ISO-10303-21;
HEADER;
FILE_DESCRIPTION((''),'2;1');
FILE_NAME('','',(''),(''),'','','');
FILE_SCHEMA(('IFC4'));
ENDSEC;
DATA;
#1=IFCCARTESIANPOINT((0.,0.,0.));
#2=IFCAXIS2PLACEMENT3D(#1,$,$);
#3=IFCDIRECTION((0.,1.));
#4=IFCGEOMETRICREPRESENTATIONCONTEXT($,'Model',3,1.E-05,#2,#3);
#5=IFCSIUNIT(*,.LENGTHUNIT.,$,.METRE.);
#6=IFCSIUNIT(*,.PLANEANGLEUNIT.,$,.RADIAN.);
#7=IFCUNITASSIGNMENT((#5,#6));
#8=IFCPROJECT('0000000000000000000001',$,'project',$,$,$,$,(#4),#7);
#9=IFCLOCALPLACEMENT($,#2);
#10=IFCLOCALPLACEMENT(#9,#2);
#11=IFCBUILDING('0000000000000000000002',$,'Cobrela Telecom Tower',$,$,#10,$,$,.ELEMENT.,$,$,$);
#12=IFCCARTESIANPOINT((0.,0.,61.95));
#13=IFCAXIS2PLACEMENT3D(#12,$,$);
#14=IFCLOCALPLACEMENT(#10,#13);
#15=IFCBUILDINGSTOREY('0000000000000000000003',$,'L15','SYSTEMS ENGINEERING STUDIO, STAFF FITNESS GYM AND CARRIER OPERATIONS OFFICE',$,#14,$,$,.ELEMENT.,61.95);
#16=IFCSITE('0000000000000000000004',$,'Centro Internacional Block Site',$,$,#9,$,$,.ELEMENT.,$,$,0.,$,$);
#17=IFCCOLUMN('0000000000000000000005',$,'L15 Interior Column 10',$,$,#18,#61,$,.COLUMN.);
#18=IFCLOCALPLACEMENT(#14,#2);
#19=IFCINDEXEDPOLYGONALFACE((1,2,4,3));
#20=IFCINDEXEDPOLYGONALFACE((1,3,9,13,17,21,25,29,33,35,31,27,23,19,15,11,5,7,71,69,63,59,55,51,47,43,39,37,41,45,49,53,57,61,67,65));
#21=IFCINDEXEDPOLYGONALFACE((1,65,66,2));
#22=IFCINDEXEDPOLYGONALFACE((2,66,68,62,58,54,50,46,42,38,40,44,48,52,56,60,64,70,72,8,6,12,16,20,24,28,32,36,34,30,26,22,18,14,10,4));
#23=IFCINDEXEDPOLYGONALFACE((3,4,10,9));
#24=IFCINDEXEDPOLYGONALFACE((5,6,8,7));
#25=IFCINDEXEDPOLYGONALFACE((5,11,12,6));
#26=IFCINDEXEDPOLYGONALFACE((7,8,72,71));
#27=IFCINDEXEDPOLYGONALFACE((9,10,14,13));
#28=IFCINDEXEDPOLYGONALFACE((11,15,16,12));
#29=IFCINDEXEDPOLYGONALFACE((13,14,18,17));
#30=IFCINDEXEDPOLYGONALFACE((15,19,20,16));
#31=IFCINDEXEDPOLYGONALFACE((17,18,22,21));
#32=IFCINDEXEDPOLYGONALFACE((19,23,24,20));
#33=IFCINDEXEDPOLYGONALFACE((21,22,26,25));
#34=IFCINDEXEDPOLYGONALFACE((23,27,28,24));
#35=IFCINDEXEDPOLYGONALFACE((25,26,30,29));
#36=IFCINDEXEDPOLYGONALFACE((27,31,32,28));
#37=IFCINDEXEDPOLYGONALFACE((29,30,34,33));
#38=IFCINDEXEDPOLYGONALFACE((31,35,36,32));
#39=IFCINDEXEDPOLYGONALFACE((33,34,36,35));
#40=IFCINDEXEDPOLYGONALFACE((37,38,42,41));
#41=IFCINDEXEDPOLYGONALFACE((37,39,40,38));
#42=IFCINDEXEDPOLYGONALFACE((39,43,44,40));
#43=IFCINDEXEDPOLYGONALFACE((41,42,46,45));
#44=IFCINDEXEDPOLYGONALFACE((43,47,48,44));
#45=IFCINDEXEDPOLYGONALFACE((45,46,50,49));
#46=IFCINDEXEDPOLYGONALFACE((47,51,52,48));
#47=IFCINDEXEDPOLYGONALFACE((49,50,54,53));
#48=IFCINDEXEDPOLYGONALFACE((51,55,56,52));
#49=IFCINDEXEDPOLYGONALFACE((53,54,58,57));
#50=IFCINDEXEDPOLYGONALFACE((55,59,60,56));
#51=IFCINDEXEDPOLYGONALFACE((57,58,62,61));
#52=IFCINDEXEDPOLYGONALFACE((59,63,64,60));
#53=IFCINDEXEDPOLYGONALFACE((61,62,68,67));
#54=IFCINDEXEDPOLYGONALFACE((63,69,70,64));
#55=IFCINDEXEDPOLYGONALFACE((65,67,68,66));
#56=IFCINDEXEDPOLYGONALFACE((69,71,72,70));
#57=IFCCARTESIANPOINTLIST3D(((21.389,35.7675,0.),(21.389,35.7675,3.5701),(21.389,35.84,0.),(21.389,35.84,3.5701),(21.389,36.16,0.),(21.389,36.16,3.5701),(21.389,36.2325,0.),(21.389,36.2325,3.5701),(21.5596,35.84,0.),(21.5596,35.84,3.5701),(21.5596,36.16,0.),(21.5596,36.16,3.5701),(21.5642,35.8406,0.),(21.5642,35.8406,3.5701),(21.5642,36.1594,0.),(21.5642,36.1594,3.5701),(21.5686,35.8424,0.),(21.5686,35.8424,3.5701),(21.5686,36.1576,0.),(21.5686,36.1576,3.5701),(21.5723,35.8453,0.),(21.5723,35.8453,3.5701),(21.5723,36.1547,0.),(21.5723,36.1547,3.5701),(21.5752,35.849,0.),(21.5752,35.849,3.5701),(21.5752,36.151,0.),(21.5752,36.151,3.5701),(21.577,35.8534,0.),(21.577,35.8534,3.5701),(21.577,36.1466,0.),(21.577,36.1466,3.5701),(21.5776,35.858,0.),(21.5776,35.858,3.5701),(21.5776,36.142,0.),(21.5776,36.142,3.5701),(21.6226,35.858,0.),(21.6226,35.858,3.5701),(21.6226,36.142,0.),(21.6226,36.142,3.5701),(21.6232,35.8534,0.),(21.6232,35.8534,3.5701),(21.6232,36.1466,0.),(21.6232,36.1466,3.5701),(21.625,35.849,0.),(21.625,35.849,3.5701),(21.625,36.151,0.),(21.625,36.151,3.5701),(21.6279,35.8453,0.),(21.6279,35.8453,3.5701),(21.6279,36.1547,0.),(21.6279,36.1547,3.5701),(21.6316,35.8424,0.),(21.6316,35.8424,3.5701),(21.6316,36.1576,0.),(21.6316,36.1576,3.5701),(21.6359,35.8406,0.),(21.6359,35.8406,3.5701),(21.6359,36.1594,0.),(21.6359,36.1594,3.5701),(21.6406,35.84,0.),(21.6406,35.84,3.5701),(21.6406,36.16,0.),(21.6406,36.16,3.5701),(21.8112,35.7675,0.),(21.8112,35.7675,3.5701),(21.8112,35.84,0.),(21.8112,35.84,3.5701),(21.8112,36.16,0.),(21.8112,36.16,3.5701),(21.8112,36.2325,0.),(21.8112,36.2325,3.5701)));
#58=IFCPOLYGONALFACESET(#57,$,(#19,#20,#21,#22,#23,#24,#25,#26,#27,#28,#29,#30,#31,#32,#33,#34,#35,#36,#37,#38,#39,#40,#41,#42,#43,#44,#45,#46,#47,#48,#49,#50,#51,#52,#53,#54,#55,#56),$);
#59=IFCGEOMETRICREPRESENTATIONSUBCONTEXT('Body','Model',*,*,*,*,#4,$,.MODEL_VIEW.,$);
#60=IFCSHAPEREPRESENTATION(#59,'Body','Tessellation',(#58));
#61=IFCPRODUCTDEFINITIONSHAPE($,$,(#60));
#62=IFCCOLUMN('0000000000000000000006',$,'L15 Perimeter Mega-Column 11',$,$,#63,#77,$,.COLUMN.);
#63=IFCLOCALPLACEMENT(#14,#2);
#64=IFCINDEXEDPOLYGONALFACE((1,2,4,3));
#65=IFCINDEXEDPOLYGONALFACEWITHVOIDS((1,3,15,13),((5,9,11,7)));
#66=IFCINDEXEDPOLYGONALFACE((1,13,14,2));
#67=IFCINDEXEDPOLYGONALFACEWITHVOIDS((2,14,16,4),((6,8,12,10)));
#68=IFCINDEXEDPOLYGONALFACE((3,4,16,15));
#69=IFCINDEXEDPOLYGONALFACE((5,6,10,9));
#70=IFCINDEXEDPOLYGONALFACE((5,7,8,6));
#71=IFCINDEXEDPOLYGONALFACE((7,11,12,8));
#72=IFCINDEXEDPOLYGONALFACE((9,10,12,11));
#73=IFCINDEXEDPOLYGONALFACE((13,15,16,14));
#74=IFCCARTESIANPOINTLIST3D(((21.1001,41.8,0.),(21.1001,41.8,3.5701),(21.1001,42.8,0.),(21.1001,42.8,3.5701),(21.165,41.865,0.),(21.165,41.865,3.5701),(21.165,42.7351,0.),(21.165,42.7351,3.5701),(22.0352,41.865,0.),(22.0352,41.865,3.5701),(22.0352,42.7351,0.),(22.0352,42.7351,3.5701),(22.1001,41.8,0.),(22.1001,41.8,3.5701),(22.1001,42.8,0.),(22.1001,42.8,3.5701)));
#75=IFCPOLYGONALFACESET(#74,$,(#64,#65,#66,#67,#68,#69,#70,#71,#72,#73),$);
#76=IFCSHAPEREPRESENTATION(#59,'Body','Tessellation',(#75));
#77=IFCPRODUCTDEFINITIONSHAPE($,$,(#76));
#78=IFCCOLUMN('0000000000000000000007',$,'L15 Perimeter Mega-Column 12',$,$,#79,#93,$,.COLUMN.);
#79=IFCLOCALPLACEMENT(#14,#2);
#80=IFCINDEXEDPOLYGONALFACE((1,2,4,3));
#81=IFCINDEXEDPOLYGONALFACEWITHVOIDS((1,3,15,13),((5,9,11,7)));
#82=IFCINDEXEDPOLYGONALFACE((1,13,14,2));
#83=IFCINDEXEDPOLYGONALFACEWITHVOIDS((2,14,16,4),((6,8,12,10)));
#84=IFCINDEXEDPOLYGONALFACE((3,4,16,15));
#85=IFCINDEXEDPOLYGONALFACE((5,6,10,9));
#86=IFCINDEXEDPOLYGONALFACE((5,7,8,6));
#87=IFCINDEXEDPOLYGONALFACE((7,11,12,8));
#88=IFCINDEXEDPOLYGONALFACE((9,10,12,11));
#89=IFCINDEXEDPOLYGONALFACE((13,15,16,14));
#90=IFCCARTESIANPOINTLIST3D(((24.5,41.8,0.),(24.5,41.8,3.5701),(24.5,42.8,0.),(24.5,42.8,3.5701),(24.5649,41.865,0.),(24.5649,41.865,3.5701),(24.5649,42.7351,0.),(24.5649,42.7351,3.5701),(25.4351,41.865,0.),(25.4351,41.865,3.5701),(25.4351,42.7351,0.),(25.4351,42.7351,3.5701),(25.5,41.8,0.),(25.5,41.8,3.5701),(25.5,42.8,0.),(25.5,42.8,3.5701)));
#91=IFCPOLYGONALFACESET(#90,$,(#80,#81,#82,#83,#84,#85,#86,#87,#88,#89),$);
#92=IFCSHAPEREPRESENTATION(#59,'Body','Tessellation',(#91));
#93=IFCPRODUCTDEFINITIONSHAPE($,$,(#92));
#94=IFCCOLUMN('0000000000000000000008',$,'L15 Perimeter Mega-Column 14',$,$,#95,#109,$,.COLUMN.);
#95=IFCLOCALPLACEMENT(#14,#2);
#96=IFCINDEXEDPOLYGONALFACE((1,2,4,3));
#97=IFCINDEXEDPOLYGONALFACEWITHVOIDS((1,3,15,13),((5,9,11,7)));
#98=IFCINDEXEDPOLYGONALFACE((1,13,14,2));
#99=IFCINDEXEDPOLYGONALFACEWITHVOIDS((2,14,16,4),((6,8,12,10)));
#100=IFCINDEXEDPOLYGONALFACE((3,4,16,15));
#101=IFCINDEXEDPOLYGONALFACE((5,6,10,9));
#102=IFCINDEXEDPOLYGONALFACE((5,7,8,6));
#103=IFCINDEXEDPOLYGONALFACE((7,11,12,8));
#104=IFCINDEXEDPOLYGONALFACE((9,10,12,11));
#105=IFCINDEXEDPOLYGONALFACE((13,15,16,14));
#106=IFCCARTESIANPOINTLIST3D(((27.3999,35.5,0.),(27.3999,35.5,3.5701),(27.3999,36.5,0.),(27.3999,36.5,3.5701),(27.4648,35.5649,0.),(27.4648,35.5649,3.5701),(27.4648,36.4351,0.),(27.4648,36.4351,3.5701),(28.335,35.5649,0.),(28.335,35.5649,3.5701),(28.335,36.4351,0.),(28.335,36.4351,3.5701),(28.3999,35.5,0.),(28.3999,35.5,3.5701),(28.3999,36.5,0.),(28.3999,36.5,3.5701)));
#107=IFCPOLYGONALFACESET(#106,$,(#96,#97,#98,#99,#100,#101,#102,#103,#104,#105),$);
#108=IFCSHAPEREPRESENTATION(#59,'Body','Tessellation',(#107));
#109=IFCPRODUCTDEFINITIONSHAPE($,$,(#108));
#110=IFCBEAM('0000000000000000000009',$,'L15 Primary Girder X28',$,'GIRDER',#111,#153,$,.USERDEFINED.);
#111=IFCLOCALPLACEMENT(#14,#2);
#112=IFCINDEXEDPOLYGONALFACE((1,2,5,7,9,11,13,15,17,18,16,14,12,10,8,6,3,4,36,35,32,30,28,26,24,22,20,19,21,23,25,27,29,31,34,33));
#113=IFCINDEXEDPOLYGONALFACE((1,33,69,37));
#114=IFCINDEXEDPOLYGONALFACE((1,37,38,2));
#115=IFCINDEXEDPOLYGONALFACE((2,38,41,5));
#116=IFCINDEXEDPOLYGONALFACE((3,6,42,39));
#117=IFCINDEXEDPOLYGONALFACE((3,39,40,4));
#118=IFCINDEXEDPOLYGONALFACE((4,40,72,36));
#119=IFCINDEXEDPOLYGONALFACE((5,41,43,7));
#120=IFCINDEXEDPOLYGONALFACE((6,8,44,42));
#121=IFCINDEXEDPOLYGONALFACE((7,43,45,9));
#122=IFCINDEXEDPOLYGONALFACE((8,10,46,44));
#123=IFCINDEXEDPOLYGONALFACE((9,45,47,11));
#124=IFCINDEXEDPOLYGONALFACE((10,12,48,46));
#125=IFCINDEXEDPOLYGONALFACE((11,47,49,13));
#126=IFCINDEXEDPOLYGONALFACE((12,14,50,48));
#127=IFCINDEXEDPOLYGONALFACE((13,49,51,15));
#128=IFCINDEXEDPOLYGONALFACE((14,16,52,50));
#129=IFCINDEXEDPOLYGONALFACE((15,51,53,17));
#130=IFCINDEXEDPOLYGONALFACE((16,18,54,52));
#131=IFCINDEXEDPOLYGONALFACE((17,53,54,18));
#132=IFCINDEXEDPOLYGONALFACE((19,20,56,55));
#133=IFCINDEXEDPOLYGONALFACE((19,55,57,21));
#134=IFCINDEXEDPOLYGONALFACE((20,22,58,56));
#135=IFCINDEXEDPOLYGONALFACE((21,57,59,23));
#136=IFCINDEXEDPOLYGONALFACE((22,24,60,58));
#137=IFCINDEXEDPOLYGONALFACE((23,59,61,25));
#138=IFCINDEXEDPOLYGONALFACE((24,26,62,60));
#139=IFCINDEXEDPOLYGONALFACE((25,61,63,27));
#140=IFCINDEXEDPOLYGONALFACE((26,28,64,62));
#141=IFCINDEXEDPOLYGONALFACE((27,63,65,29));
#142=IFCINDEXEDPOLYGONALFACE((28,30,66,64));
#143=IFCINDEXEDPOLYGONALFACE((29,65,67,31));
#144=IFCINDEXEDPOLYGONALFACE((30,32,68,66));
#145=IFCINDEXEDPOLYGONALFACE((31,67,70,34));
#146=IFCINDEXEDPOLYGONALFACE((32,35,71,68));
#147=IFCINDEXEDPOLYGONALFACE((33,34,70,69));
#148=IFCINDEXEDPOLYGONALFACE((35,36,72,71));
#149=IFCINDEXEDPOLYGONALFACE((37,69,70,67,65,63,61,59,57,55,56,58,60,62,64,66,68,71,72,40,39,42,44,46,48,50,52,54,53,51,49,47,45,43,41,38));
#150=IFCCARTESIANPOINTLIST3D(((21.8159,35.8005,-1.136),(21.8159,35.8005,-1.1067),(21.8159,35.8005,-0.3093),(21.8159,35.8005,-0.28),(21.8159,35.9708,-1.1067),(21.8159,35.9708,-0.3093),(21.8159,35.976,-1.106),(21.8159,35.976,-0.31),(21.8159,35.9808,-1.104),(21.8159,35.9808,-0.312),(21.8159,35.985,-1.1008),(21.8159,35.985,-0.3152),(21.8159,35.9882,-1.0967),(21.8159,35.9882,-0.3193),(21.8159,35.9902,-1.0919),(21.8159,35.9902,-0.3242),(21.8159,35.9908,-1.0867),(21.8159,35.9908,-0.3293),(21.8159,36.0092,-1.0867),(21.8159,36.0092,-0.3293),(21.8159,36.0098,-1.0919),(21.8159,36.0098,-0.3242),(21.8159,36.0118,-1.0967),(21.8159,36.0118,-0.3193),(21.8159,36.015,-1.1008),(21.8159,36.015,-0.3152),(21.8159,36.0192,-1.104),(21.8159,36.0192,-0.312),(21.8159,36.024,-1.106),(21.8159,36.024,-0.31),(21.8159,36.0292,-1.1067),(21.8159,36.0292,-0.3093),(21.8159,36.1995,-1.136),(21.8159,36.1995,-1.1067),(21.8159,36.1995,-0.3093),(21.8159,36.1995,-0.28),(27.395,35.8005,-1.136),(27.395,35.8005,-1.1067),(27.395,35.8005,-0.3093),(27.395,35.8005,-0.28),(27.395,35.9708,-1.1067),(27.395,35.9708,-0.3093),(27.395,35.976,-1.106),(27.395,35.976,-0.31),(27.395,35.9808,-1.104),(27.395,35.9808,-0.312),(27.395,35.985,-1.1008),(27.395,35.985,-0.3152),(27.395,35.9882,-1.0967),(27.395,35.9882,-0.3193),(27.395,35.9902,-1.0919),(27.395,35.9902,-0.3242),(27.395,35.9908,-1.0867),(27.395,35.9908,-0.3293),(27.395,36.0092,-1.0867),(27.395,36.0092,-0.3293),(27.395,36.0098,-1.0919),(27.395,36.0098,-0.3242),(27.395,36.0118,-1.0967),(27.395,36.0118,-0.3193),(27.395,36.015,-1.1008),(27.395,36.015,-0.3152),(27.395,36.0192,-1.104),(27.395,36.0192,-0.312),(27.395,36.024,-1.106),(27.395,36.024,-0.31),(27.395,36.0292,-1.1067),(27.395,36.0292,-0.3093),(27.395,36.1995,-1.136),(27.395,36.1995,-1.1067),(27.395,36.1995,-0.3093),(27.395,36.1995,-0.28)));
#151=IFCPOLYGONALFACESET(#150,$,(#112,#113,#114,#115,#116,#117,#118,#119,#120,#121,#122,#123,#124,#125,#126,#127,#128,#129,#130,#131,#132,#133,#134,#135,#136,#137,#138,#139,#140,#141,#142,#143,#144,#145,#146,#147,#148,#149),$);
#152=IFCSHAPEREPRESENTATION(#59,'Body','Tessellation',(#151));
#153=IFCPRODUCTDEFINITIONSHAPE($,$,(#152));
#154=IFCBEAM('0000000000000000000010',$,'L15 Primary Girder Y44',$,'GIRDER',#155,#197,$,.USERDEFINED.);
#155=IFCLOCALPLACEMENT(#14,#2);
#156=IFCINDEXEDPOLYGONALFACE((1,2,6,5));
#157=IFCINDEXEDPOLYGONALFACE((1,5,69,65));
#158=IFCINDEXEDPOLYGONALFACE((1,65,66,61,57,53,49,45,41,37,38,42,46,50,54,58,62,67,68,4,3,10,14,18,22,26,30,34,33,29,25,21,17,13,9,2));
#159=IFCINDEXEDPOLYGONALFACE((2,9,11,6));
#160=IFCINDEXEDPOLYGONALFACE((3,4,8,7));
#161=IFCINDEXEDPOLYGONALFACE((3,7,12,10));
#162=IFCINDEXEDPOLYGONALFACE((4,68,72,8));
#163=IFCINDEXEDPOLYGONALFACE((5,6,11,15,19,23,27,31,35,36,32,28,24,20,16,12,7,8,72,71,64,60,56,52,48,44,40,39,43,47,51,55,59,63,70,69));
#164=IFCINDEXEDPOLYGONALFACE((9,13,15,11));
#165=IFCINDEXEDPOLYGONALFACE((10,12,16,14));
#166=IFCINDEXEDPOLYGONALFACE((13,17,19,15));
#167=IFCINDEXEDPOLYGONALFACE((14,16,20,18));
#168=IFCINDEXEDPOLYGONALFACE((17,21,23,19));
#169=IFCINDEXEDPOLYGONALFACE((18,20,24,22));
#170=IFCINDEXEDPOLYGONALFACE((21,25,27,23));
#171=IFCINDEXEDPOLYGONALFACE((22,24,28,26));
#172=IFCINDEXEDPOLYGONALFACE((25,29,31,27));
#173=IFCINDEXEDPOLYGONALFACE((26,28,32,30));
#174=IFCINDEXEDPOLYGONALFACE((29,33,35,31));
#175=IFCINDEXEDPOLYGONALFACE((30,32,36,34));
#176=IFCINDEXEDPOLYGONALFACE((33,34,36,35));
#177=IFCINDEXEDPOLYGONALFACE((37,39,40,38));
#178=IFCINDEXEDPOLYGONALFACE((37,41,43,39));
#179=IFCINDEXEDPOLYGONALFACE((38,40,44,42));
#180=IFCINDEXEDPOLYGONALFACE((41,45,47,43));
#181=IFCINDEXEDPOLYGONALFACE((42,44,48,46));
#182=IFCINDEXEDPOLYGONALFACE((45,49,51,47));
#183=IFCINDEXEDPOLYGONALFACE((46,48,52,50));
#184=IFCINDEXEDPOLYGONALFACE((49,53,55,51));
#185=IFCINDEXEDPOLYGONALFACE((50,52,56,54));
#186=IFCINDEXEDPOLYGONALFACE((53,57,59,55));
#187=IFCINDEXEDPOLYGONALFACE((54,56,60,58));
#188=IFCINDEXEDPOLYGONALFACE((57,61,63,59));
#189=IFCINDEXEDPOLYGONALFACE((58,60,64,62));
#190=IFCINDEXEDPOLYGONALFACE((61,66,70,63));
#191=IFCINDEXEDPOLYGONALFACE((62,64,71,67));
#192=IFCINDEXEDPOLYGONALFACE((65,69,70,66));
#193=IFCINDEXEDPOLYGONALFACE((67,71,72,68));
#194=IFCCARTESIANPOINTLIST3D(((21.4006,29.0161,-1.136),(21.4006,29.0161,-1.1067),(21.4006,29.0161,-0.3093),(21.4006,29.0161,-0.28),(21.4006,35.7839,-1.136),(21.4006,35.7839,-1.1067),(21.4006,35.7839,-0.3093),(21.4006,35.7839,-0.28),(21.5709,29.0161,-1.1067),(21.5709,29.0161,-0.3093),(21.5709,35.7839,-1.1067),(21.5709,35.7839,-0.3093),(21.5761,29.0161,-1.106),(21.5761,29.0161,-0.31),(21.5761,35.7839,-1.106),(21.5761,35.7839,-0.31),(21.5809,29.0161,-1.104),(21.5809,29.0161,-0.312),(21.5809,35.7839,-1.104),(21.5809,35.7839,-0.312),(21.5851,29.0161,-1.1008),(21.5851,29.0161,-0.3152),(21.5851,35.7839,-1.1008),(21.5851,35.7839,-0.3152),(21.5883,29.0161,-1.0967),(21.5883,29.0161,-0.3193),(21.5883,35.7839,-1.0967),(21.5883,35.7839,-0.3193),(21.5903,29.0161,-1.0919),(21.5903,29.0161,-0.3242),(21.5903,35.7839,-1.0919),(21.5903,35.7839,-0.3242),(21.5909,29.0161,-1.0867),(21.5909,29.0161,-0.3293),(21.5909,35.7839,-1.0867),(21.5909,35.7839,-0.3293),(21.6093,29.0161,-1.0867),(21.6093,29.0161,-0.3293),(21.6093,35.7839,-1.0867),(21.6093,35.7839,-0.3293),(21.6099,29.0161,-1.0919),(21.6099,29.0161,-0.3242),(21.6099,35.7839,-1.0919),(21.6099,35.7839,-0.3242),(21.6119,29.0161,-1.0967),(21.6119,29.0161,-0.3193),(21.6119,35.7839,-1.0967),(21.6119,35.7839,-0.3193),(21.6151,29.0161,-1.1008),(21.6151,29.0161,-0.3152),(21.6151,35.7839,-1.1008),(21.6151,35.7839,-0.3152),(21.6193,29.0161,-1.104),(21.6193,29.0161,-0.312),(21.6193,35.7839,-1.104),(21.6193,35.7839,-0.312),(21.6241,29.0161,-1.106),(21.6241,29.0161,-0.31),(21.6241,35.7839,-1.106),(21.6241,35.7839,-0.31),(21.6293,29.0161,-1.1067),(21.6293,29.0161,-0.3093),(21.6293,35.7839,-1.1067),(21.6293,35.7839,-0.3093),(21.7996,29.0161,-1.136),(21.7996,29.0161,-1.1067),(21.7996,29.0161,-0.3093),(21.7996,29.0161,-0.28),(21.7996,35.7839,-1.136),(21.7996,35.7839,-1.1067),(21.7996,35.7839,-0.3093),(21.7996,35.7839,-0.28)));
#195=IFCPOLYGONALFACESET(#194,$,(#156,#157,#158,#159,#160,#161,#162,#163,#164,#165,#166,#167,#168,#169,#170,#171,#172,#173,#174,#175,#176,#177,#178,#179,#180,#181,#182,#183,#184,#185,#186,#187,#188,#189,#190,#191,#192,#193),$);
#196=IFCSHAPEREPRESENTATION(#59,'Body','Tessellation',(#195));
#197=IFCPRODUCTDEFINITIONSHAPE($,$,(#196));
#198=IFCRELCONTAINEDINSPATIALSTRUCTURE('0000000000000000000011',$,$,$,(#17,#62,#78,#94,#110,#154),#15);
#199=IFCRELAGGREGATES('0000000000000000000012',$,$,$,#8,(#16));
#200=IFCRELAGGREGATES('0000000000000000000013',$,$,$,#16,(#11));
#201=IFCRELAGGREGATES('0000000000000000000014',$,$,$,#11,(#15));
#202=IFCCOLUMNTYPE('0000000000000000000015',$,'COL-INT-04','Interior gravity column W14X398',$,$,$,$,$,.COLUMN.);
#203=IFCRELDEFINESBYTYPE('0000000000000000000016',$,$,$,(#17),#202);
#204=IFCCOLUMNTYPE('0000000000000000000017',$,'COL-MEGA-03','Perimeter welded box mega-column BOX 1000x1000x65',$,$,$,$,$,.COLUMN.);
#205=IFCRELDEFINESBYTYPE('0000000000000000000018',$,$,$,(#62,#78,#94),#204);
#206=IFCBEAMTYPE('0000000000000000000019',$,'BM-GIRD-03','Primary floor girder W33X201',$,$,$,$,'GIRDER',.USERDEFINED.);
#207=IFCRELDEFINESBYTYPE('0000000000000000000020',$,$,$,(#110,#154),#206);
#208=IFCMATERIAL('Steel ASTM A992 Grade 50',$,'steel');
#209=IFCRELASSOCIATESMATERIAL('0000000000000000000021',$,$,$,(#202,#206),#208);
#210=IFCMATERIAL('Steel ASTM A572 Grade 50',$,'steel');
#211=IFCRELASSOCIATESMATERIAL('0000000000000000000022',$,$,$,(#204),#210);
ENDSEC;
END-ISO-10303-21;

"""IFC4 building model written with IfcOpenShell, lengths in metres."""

from ifc_helpers import new_model, si_unit, direction, frame, origin, origin_2d, place, context, subcontext, project, spatial, hollow_rectangle, i_section, extrude, material, material_profile, profile_set, type_object, element, save


model = new_model("IFC4")

# Units and contexts
model_context = context("Model", 3, precision=1e-05, world=origin(), true_north=direction((0.0, 1.0)))
body_context = subcontext(model_context, "Body", "Model", "MODEL_VIEW")
ifc_project = project(units=[si_unit("LENGTHUNIT", "METRE"), si_unit("PLANEANGLEUNIT", "RADIAN")], contexts=[model_context])

# Site, building, storey
site_placement = place(None, origin())
site = spatial("IfcSite", under=ifc_project, at=site_placement, Name="Centro Internacional Block Site", CompositionType="ELEMENT", RefElevation=0.0)
building_placement = place(site_placement, origin())
building = spatial("IfcBuilding", under=site, at=building_placement, Name="Cobrela Telecom Tower", CompositionType="ELEMENT")
storey_placement = place(building_placement, frame((0.0, 0.0, 61.95)))
storey = spatial("IfcBuildingStorey", under=building, at=storey_placement, Name="L15", Description="SYSTEMS ENGINEERING STUDIO, STAFF FITNESS GYM AND CARRIER OPERATIONS OFFICE", CompositionType="ELEMENT", Elevation=61.95)

# Columns
ifc_material_1 = material(Name="Steel ASTM A992 Grade 50", Category="steel")
ifc_material_profile_1 = material_profile(ifc_material_1, i_section(OverallWidth=0.4221, OverallDepth=0.4651, WebThickness=0.0449, FlangeThickness=0.0725, FilletRadius=0.0181, at=origin_2d()), Name="W14X398")
ifc_profile_set_1 = profile_set([ifc_material_profile_1], Name="Steel ASTM A992 Grade 50")
column_type_1 = type_object("IfcColumnType", Name="COL-INT-04", Description="Interior gravity column W14X398", PredefinedType="COLUMN", material=ifc_profile_set_1)
column_placement = place(storey_placement, frame((21.6001, 36.0, 0.0), z_axis=(0.0, 0.0, 1.0), x_axis=(1.0, 0.0, 0.0)))
element("IfcColumn", 1, at=column_placement, inside=storey, type_object=column_type_1, Name="L15 Interior Column 10", PredefinedType="COLUMN", context=body_context, shape_type="SweptSolid", body=[
    extrude(i_section(OverallWidth=0.4221, OverallDepth=0.4651, WebThickness=0.0449, FlangeThickness=0.0725, FilletRadius=0.0181, at=origin_2d()), origin(), (0.0, 0.0, 1.0), 3.5701),
])
ifc_material_2 = material(Name="Steel ASTM A572 Grade 50", Category="steel")
ifc_material_profile_2 = material_profile(ifc_material_2, hollow_rectangle(XDim=1.0, YDim=1.0, WallThickness=0.0649, at=origin_2d()), Name="BOX 1000x1000x65")
ifc_profile_set_2 = profile_set([ifc_material_profile_2], Name="Steel ASTM A572 Grade 50")
column_type_2 = type_object("IfcColumnType", Name="COL-MEGA-03", Description="Perimeter welded box mega-column BOX 1000x1000x65", PredefinedType="COLUMN", material=ifc_profile_set_2)
for number, where, z_axis, x_axis, name in (
    (2, (21.6001, 42.3, 0.0), (0.0, 0.0, 1.0), (1.0, 0.0, 0.0), "L15 Perimeter Mega-Column 11"),
    (3, (25.0, 42.3, 0.0), (0.0, 0.0, 1.0), (1.0, 0.0, 0.0), "L15 Perimeter Mega-Column 12"),
    (4, (27.8999, 36.0, 0.0), (0.0, 0.0, 1.0), (1.0, 0.0, 0.0), "L15 Perimeter Mega-Column 14"),
):
    element("IfcColumn", number, at=place(storey_placement, frame(where, z_axis=z_axis, x_axis=x_axis)), inside=storey, type_object=column_type_2, Name=name, PredefinedType="COLUMN", context=body_context, shape_type="SweptSolid", body=[
        extrude(hollow_rectangle(XDim=1.0, YDim=1.0, WallThickness=0.0649, at=origin_2d()), origin(), (0.0, 0.0, 1.0), 3.5701),
    ])

# Beams
ifc_material_profile_3 = material_profile(ifc_material_1, i_section(OverallWidth=0.3989, OverallDepth=0.856, WebThickness=0.0183, FlangeThickness=0.0293, FilletRadius=0.02, at=origin_2d()), Name="W33X201")
ifc_profile_set_3 = profile_set([ifc_material_profile_3], Name="Steel ASTM A992 Grade 50")
beam_type_1 = type_object("IfcBeamType", Name="BM-GIRD-03", Description="Primary floor girder W33X201", ElementType="GIRDER", PredefinedType="USERDEFINED", material=ifc_profile_set_3)
beam_1_placement = place(storey_placement, frame((21.8159, 36.0, -0.708), z_axis=(1.0, 0.0, 0.0), x_axis=(0.0, 1.0, 0.0)))
element("IfcBeam", 5, at=beam_1_placement, inside=storey, type_object=beam_type_1, Name="L15 Primary Girder X28", ObjectType="GIRDER", PredefinedType="USERDEFINED", context=body_context, shape_type="SweptSolid", body=[
    extrude(i_section(OverallWidth=0.3989, OverallDepth=0.856, WebThickness=0.0183, FlangeThickness=0.0293, FilletRadius=0.02, at=origin_2d()), origin(), (0.0, 0.0, 1.0), 5.5791),
])
beam_2_placement = place(storey_placement, frame((21.6001, 29.0161, -0.708), z_axis=(0.0, 1.0, 0.0), x_axis=(-1.0, 0.0, 0.0)))
element("IfcBeam", 6, at=beam_2_placement, inside=storey, type_object=beam_type_1, Name="L15 Primary Girder Y44", ObjectType="GIRDER", PredefinedType="USERDEFINED", context=body_context, shape_type="SweptSolid", body=[
    extrude(i_section(OverallWidth=0.3989, OverallDepth=0.856, WebThickness=0.0183, FlangeThickness=0.0293, FilletRadius=0.02, at=origin_2d()), origin(), (0.0, 0.0, 1.0), 6.7678),
])

save(model, "model.ifc")
